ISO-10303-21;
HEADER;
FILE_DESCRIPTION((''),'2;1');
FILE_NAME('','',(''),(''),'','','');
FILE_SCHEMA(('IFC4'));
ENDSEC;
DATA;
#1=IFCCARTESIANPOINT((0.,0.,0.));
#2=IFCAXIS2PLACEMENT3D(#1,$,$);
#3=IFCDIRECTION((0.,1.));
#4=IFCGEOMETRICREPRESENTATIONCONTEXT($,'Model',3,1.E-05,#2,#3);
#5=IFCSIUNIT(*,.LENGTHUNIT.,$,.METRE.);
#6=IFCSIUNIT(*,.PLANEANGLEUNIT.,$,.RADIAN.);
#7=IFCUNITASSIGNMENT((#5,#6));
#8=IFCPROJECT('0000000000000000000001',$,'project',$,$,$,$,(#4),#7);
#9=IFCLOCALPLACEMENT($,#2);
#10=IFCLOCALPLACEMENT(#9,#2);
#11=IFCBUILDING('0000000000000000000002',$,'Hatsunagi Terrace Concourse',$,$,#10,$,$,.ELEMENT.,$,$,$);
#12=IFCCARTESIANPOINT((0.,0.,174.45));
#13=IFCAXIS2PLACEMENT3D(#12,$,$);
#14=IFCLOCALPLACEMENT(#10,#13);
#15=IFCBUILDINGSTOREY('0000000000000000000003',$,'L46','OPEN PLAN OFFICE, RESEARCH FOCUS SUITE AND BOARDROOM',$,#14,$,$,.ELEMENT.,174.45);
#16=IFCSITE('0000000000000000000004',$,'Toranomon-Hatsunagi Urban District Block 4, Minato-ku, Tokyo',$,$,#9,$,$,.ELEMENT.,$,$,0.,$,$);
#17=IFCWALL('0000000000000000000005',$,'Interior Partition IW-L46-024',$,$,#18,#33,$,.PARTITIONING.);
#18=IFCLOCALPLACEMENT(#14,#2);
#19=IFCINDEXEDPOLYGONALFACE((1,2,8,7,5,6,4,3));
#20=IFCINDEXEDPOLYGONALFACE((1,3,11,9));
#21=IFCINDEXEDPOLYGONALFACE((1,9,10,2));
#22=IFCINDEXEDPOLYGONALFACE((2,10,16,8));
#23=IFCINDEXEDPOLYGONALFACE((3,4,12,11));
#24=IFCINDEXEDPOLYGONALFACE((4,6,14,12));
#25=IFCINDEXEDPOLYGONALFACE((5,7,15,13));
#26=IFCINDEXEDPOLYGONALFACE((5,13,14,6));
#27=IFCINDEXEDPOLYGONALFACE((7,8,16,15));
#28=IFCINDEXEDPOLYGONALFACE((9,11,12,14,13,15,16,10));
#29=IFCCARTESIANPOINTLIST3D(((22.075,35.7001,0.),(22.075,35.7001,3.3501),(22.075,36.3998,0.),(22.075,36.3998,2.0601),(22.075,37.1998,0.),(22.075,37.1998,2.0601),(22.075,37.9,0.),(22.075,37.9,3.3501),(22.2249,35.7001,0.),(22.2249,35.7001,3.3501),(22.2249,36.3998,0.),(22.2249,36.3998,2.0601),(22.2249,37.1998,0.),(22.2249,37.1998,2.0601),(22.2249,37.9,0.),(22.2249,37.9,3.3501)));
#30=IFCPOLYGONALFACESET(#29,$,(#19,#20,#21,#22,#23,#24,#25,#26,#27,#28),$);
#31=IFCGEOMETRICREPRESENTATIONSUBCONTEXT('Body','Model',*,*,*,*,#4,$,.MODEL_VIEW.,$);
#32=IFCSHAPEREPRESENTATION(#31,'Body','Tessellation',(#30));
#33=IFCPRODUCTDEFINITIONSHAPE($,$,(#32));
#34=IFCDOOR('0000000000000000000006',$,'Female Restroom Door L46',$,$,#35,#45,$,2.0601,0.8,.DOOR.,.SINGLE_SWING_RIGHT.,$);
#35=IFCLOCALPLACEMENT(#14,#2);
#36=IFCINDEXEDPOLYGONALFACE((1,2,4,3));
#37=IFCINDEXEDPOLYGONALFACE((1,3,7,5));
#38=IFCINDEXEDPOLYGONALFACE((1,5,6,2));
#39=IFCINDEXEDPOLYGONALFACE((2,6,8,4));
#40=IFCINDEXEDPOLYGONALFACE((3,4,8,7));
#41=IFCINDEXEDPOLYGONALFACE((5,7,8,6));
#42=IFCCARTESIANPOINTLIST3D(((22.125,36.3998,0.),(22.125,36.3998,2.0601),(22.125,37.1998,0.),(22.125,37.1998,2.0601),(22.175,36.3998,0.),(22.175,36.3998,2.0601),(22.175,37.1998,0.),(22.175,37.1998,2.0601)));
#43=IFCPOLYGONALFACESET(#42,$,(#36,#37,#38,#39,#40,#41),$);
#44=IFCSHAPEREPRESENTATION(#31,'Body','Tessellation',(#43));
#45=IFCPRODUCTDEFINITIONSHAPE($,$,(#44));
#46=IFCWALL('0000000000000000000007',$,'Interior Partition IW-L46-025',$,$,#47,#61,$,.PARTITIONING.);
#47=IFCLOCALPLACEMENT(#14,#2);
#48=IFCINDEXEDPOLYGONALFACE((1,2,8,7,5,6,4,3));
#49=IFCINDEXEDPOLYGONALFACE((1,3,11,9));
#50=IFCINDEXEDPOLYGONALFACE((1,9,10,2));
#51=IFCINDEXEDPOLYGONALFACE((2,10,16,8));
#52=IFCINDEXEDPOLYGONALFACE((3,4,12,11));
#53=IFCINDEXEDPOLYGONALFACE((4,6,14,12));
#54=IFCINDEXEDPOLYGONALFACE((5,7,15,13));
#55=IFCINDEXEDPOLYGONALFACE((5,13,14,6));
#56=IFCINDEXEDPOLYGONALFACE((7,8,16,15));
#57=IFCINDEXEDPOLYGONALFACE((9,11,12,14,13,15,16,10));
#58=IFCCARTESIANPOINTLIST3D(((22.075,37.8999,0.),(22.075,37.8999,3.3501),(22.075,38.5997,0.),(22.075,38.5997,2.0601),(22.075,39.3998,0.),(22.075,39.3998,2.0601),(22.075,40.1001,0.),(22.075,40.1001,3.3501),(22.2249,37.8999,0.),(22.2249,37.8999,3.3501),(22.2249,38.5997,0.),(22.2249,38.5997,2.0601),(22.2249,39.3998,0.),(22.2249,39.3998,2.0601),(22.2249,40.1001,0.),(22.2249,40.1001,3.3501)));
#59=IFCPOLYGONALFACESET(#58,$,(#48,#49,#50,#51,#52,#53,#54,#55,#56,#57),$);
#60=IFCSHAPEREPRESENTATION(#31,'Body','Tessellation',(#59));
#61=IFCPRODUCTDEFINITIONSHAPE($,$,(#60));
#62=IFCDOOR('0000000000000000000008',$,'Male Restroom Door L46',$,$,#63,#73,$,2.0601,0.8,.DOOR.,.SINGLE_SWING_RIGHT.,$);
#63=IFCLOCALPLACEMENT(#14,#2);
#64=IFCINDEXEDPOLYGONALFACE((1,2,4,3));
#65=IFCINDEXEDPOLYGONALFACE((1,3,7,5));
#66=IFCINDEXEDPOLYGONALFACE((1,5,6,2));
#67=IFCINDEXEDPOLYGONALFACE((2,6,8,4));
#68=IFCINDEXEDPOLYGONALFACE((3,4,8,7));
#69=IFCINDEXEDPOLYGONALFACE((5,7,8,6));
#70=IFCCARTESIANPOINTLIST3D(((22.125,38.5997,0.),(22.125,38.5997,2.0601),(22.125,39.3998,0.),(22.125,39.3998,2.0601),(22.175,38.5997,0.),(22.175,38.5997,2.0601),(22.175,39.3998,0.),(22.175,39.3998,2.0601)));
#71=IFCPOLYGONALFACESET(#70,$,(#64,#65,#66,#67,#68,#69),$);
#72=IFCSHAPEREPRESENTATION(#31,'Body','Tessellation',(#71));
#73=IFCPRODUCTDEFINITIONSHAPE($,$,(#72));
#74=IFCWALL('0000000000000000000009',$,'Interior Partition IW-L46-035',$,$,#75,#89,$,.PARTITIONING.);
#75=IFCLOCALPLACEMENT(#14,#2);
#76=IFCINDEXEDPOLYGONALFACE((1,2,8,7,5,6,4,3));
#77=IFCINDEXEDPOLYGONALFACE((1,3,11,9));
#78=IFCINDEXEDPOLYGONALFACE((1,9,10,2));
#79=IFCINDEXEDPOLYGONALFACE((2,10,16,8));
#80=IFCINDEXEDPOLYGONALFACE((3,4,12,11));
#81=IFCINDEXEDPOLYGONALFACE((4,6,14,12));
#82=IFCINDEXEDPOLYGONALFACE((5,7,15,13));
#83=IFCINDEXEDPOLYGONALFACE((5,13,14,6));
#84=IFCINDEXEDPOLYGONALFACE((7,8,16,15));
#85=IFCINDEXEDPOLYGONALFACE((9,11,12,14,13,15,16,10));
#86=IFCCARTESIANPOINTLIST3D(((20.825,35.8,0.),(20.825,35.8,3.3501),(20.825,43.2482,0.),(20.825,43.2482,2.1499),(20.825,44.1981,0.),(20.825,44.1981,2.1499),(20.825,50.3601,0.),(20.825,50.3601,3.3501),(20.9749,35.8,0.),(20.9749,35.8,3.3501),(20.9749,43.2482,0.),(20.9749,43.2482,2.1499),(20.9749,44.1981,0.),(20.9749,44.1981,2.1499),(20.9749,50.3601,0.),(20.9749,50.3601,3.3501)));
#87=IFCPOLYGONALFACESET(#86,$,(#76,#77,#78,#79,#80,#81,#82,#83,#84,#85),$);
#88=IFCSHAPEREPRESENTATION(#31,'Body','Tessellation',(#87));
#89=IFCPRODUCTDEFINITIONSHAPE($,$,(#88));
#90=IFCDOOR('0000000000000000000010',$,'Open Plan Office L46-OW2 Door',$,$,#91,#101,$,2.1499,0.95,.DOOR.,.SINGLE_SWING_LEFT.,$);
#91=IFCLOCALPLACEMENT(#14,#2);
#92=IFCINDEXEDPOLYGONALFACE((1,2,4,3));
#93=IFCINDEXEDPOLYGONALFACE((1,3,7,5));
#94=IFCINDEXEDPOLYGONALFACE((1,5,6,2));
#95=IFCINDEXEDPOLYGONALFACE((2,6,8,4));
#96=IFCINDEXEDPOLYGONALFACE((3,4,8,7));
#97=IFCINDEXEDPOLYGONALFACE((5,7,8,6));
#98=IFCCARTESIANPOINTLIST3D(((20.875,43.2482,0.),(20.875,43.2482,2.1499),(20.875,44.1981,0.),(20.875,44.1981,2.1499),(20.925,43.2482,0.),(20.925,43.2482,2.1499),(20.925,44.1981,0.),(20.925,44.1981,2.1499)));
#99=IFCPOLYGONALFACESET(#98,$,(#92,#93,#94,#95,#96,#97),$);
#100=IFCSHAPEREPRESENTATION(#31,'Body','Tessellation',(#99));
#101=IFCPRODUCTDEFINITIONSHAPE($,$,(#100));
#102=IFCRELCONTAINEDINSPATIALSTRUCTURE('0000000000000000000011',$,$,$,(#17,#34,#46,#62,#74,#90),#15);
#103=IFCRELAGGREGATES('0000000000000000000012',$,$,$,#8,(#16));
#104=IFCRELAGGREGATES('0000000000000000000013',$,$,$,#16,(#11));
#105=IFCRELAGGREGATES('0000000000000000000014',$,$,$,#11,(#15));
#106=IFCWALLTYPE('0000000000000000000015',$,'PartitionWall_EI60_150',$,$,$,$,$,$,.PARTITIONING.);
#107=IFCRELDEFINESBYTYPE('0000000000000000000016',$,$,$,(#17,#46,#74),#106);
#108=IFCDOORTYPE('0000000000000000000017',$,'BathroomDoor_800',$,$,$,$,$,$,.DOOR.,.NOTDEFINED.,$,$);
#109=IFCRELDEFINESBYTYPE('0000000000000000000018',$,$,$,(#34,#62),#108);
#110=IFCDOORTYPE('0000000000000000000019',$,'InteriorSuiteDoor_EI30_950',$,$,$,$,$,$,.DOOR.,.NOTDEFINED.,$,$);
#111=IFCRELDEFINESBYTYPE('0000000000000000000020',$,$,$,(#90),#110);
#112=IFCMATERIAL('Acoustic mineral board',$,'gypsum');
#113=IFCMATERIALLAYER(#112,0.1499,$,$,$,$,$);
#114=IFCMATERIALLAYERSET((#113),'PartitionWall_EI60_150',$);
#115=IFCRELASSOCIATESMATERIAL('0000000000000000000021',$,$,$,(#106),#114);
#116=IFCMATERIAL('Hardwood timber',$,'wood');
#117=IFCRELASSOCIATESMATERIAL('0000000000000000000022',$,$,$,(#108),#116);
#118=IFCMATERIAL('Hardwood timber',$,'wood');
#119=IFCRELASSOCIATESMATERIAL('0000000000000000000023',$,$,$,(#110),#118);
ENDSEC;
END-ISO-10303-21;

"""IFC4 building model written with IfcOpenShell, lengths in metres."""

from ifc_helpers import new_model, si_unit, direction, frame, frame_2d, origin, place, context, subcontext, project, spatial, rectangle, extrude, material, layer, layer_set, type_object, element, fill, save


model = new_model("IFC4")

# Units and contexts
model_context = context("Model", 3, precision=1e-05, world=origin(), true_north=direction((0.0, 1.0)))
body_context = subcontext(model_context, "Body", "Model", "MODEL_VIEW")
ifc_project = project(units=[si_unit("LENGTHUNIT", "METRE"), si_unit("PLANEANGLEUNIT", "RADIAN")], contexts=[model_context])

# Site, building, storey
site_placement = place(None, origin())
site = spatial("IfcSite", under=ifc_project, at=site_placement, Name="Toranomon-Hatsunagi Urban District Block 4, Minato-ku, Tokyo", CompositionType="ELEMENT", RefElevation=0.0)
building_placement = place(site_placement, origin())
building = spatial("IfcBuilding", under=site, at=building_placement, Name="Hatsunagi Terrace Concourse", CompositionType="ELEMENT")
storey_placement = place(building_placement, frame((0.0, 0.0, 174.45)))
storey = spatial("IfcBuildingStorey", under=building, at=storey_placement, Name="L46", Description="OPEN PLAN OFFICE, RESEARCH FOCUS SUITE AND BOARDROOM", CompositionType="ELEMENT", Elevation=174.45)

# Shared definitions
ifc_material_1 = material(Name="Acoustic mineral board", Category="gypsum")
ifc_layer_1 = layer(ifc_material_1, 0.1499)
ifc_layer_set_1 = layer_set([ifc_layer_1], Name="PartitionWall_EI60_150")
wall_type_1 = type_object("IfcWallType", Name="PartitionWall_EI60_150", PredefinedType="PARTITIONING", material=ifc_layer_set_1)

# Walls, openings, doors
ifc_material_2 = material(Name="Hardwood timber", Category="wood")
door_type_1 = type_object("IfcDoorType", Name="BathroomDoor_800", OperationType="NOTDEFINED", PredefinedType="DOOR", material=ifc_material_2)
wall_1_placement = place(storey_placement, frame((22.1499, 35.7, 0.0), z_axis=(0.0, 0.0, 1.0), x_axis=(0.0, 1.0, 0.0)))
wall_1 = element("IfcWall", 1, at=wall_1_placement, inside=storey, type_object=wall_type_1, Name="Interior Partition IW-L46-024", PredefinedType="PARTITIONING", context=body_context, shape_type="SweptSolid", body=[
    extrude(rectangle(XDim=2.2, YDim=0.1499, at=frame_2d((1.1001, 0.0))), origin(), (0.0, 0.0, 1.0), 3.3501),
])
opening_1_placement = place(wall_1_placement, frame((0.7, 0.0, 0.0)))
opening_1 = element("IfcOpeningElement", 2, at=opening_1_placement, cuts=wall_1, PredefinedType="OPENING", context=body_context, shape_type="SweptSolid", body=[
    extrude(rectangle(XDim=0.8, YDim=2.0601, at=frame_2d((0.3999, 1.03))), frame((0.0, 0.085, 0.0), z_axis=(0.0, -1.0, 0.0), x_axis=(1.0, 0.0, 0.0)), (0.0, 0.0, 1.0), 0.1699),
])
door_1_placement = place(opening_1_placement, origin())
door_1 = element("IfcDoor", 3, at=door_1_placement, inside=storey, type_object=door_type_1, Name="Female Restroom Door L46", OperationType="SINGLE_SWING_RIGHT", OverallHeight=2.0601, OverallWidth=0.8, PredefinedType="DOOR", context=body_context, shape_type="SweptSolid", body=[
    extrude(rectangle(XDim=0.8, YDim=2.0601, at=frame_2d((0.3999, 1.03))), frame((0.0, 0.0249, 0.0), z_axis=(0.0, -1.0, 0.0), x_axis=(1.0, 0.0, 0.0)), (0.0, 0.0, 1.0), 0.05),
])
fill(opening_1, door_1)
wall_2_placement = place(storey_placement, frame((22.1499, 37.8999, 0.0), z_axis=(0.0, 0.0, 1.0), x_axis=(0.0, 1.0, 0.0)))
wall_2 = element("IfcWall", 4, at=wall_2_placement, inside=storey, type_object=wall_type_1, Name="Interior Partition IW-L46-025", PredefinedType="PARTITIONING", context=body_context, shape_type="SweptSolid", body=[
    extrude(rectangle(XDim=2.2002, YDim=0.1499, at=frame_2d((1.1001, 0.0))), origin(), (0.0, 0.0, 1.0), 3.3501),
])
opening_2_placement = place(wall_2_placement, frame((0.7, 0.0, 0.0)))
opening_2 = element("IfcOpeningElement", 5, at=opening_2_placement, cuts=wall_2, PredefinedType="OPENING", context=body_context, shape_type="SweptSolid", body=[
    extrude(rectangle(XDim=0.8, YDim=2.0601, at=frame_2d((0.3999, 1.03))), frame((0.0, 0.085, 0.0), z_axis=(0.0, -1.0, 0.0), x_axis=(1.0, 0.0, 0.0)), (0.0, 0.0, 1.0), 0.1699),
])
door_2_placement = place(opening_2_placement, origin())
door_2 = element("IfcDoor", 6, at=door_2_placement, inside=storey, type_object=door_type_1, Name="Male Restroom Door L46", OperationType="SINGLE_SWING_RIGHT", OverallHeight=2.0601, OverallWidth=0.8, PredefinedType="DOOR", context=body_context, shape_type="SweptSolid", body=[
    extrude(rectangle(XDim=0.8, YDim=2.0601, at=frame_2d((0.3999, 1.03))), frame((0.0, 0.0249, 0.0), z_axis=(0.0, -1.0, 0.0), x_axis=(1.0, 0.0, 0.0)), (0.0, 0.0, 1.0), 0.05),
])
fill(opening_2, door_2)
wall_3_placement = place(storey_placement, frame((20.8999, 35.8, 0.0), z_axis=(0.0, 0.0, 1.0), x_axis=(0.0, 1.0, 0.0)))
wall_3 = element("IfcWall", 7, at=wall_3_placement, inside=storey, type_object=wall_type_1, Name="Interior Partition IW-L46-035", PredefinedType="PARTITIONING", context=body_context, shape_type="SweptSolid", body=[
    extrude(rectangle(XDim=14.5601, YDim=0.1499, at=frame_2d((7.28, 0.0))), origin(), (0.0, 0.0, 1.0), 3.3501),
])
opening_3_placement = place(wall_3_placement, frame((7.448, 0.0, 0.0)))
opening_3 = element("IfcOpeningElement", 8, at=opening_3_placement, cuts=wall_3, PredefinedType="OPENING", context=body_context, shape_type="SweptSolid", body=[
    extrude(rectangle(XDim=0.95, YDim=2.1499, at=frame_2d((0.4751, 1.075))), frame((0.0, 0.085, 0.0), z_axis=(0.0, -1.0, 0.0), x_axis=(1.0, 0.0, 0.0)), (0.0, 0.0, 1.0), 0.1699),
])
ifc_material_3 = material(Name="Hardwood timber", Category="wood")
door_type_2 = type_object("IfcDoorType", Name="InteriorSuiteDoor_EI30_950", OperationType="NOTDEFINED", PredefinedType="DOOR", material=ifc_material_3)
door_3_placement = place(opening_3_placement, origin())
door_3 = element("IfcDoor", 9, at=door_3_placement, inside=storey, type_object=door_type_2, Name="Open Plan Office L46-OW2 Door", OperationType="SINGLE_SWING_LEFT", OverallHeight=2.1499, OverallWidth=0.95, PredefinedType="DOOR", context=body_context, shape_type="SweptSolid", body=[
    extrude(rectangle(XDim=0.95, YDim=2.1499, at=frame_2d((0.4751, 1.075))), frame((0.0, 0.0249, 0.0), z_axis=(0.0, -1.0, 0.0), x_axis=(1.0, 0.0, 0.0)), (0.0, 0.0, 1.0), 0.05),
])
fill(opening_3, door_3)

save(model, "model.ifc")
